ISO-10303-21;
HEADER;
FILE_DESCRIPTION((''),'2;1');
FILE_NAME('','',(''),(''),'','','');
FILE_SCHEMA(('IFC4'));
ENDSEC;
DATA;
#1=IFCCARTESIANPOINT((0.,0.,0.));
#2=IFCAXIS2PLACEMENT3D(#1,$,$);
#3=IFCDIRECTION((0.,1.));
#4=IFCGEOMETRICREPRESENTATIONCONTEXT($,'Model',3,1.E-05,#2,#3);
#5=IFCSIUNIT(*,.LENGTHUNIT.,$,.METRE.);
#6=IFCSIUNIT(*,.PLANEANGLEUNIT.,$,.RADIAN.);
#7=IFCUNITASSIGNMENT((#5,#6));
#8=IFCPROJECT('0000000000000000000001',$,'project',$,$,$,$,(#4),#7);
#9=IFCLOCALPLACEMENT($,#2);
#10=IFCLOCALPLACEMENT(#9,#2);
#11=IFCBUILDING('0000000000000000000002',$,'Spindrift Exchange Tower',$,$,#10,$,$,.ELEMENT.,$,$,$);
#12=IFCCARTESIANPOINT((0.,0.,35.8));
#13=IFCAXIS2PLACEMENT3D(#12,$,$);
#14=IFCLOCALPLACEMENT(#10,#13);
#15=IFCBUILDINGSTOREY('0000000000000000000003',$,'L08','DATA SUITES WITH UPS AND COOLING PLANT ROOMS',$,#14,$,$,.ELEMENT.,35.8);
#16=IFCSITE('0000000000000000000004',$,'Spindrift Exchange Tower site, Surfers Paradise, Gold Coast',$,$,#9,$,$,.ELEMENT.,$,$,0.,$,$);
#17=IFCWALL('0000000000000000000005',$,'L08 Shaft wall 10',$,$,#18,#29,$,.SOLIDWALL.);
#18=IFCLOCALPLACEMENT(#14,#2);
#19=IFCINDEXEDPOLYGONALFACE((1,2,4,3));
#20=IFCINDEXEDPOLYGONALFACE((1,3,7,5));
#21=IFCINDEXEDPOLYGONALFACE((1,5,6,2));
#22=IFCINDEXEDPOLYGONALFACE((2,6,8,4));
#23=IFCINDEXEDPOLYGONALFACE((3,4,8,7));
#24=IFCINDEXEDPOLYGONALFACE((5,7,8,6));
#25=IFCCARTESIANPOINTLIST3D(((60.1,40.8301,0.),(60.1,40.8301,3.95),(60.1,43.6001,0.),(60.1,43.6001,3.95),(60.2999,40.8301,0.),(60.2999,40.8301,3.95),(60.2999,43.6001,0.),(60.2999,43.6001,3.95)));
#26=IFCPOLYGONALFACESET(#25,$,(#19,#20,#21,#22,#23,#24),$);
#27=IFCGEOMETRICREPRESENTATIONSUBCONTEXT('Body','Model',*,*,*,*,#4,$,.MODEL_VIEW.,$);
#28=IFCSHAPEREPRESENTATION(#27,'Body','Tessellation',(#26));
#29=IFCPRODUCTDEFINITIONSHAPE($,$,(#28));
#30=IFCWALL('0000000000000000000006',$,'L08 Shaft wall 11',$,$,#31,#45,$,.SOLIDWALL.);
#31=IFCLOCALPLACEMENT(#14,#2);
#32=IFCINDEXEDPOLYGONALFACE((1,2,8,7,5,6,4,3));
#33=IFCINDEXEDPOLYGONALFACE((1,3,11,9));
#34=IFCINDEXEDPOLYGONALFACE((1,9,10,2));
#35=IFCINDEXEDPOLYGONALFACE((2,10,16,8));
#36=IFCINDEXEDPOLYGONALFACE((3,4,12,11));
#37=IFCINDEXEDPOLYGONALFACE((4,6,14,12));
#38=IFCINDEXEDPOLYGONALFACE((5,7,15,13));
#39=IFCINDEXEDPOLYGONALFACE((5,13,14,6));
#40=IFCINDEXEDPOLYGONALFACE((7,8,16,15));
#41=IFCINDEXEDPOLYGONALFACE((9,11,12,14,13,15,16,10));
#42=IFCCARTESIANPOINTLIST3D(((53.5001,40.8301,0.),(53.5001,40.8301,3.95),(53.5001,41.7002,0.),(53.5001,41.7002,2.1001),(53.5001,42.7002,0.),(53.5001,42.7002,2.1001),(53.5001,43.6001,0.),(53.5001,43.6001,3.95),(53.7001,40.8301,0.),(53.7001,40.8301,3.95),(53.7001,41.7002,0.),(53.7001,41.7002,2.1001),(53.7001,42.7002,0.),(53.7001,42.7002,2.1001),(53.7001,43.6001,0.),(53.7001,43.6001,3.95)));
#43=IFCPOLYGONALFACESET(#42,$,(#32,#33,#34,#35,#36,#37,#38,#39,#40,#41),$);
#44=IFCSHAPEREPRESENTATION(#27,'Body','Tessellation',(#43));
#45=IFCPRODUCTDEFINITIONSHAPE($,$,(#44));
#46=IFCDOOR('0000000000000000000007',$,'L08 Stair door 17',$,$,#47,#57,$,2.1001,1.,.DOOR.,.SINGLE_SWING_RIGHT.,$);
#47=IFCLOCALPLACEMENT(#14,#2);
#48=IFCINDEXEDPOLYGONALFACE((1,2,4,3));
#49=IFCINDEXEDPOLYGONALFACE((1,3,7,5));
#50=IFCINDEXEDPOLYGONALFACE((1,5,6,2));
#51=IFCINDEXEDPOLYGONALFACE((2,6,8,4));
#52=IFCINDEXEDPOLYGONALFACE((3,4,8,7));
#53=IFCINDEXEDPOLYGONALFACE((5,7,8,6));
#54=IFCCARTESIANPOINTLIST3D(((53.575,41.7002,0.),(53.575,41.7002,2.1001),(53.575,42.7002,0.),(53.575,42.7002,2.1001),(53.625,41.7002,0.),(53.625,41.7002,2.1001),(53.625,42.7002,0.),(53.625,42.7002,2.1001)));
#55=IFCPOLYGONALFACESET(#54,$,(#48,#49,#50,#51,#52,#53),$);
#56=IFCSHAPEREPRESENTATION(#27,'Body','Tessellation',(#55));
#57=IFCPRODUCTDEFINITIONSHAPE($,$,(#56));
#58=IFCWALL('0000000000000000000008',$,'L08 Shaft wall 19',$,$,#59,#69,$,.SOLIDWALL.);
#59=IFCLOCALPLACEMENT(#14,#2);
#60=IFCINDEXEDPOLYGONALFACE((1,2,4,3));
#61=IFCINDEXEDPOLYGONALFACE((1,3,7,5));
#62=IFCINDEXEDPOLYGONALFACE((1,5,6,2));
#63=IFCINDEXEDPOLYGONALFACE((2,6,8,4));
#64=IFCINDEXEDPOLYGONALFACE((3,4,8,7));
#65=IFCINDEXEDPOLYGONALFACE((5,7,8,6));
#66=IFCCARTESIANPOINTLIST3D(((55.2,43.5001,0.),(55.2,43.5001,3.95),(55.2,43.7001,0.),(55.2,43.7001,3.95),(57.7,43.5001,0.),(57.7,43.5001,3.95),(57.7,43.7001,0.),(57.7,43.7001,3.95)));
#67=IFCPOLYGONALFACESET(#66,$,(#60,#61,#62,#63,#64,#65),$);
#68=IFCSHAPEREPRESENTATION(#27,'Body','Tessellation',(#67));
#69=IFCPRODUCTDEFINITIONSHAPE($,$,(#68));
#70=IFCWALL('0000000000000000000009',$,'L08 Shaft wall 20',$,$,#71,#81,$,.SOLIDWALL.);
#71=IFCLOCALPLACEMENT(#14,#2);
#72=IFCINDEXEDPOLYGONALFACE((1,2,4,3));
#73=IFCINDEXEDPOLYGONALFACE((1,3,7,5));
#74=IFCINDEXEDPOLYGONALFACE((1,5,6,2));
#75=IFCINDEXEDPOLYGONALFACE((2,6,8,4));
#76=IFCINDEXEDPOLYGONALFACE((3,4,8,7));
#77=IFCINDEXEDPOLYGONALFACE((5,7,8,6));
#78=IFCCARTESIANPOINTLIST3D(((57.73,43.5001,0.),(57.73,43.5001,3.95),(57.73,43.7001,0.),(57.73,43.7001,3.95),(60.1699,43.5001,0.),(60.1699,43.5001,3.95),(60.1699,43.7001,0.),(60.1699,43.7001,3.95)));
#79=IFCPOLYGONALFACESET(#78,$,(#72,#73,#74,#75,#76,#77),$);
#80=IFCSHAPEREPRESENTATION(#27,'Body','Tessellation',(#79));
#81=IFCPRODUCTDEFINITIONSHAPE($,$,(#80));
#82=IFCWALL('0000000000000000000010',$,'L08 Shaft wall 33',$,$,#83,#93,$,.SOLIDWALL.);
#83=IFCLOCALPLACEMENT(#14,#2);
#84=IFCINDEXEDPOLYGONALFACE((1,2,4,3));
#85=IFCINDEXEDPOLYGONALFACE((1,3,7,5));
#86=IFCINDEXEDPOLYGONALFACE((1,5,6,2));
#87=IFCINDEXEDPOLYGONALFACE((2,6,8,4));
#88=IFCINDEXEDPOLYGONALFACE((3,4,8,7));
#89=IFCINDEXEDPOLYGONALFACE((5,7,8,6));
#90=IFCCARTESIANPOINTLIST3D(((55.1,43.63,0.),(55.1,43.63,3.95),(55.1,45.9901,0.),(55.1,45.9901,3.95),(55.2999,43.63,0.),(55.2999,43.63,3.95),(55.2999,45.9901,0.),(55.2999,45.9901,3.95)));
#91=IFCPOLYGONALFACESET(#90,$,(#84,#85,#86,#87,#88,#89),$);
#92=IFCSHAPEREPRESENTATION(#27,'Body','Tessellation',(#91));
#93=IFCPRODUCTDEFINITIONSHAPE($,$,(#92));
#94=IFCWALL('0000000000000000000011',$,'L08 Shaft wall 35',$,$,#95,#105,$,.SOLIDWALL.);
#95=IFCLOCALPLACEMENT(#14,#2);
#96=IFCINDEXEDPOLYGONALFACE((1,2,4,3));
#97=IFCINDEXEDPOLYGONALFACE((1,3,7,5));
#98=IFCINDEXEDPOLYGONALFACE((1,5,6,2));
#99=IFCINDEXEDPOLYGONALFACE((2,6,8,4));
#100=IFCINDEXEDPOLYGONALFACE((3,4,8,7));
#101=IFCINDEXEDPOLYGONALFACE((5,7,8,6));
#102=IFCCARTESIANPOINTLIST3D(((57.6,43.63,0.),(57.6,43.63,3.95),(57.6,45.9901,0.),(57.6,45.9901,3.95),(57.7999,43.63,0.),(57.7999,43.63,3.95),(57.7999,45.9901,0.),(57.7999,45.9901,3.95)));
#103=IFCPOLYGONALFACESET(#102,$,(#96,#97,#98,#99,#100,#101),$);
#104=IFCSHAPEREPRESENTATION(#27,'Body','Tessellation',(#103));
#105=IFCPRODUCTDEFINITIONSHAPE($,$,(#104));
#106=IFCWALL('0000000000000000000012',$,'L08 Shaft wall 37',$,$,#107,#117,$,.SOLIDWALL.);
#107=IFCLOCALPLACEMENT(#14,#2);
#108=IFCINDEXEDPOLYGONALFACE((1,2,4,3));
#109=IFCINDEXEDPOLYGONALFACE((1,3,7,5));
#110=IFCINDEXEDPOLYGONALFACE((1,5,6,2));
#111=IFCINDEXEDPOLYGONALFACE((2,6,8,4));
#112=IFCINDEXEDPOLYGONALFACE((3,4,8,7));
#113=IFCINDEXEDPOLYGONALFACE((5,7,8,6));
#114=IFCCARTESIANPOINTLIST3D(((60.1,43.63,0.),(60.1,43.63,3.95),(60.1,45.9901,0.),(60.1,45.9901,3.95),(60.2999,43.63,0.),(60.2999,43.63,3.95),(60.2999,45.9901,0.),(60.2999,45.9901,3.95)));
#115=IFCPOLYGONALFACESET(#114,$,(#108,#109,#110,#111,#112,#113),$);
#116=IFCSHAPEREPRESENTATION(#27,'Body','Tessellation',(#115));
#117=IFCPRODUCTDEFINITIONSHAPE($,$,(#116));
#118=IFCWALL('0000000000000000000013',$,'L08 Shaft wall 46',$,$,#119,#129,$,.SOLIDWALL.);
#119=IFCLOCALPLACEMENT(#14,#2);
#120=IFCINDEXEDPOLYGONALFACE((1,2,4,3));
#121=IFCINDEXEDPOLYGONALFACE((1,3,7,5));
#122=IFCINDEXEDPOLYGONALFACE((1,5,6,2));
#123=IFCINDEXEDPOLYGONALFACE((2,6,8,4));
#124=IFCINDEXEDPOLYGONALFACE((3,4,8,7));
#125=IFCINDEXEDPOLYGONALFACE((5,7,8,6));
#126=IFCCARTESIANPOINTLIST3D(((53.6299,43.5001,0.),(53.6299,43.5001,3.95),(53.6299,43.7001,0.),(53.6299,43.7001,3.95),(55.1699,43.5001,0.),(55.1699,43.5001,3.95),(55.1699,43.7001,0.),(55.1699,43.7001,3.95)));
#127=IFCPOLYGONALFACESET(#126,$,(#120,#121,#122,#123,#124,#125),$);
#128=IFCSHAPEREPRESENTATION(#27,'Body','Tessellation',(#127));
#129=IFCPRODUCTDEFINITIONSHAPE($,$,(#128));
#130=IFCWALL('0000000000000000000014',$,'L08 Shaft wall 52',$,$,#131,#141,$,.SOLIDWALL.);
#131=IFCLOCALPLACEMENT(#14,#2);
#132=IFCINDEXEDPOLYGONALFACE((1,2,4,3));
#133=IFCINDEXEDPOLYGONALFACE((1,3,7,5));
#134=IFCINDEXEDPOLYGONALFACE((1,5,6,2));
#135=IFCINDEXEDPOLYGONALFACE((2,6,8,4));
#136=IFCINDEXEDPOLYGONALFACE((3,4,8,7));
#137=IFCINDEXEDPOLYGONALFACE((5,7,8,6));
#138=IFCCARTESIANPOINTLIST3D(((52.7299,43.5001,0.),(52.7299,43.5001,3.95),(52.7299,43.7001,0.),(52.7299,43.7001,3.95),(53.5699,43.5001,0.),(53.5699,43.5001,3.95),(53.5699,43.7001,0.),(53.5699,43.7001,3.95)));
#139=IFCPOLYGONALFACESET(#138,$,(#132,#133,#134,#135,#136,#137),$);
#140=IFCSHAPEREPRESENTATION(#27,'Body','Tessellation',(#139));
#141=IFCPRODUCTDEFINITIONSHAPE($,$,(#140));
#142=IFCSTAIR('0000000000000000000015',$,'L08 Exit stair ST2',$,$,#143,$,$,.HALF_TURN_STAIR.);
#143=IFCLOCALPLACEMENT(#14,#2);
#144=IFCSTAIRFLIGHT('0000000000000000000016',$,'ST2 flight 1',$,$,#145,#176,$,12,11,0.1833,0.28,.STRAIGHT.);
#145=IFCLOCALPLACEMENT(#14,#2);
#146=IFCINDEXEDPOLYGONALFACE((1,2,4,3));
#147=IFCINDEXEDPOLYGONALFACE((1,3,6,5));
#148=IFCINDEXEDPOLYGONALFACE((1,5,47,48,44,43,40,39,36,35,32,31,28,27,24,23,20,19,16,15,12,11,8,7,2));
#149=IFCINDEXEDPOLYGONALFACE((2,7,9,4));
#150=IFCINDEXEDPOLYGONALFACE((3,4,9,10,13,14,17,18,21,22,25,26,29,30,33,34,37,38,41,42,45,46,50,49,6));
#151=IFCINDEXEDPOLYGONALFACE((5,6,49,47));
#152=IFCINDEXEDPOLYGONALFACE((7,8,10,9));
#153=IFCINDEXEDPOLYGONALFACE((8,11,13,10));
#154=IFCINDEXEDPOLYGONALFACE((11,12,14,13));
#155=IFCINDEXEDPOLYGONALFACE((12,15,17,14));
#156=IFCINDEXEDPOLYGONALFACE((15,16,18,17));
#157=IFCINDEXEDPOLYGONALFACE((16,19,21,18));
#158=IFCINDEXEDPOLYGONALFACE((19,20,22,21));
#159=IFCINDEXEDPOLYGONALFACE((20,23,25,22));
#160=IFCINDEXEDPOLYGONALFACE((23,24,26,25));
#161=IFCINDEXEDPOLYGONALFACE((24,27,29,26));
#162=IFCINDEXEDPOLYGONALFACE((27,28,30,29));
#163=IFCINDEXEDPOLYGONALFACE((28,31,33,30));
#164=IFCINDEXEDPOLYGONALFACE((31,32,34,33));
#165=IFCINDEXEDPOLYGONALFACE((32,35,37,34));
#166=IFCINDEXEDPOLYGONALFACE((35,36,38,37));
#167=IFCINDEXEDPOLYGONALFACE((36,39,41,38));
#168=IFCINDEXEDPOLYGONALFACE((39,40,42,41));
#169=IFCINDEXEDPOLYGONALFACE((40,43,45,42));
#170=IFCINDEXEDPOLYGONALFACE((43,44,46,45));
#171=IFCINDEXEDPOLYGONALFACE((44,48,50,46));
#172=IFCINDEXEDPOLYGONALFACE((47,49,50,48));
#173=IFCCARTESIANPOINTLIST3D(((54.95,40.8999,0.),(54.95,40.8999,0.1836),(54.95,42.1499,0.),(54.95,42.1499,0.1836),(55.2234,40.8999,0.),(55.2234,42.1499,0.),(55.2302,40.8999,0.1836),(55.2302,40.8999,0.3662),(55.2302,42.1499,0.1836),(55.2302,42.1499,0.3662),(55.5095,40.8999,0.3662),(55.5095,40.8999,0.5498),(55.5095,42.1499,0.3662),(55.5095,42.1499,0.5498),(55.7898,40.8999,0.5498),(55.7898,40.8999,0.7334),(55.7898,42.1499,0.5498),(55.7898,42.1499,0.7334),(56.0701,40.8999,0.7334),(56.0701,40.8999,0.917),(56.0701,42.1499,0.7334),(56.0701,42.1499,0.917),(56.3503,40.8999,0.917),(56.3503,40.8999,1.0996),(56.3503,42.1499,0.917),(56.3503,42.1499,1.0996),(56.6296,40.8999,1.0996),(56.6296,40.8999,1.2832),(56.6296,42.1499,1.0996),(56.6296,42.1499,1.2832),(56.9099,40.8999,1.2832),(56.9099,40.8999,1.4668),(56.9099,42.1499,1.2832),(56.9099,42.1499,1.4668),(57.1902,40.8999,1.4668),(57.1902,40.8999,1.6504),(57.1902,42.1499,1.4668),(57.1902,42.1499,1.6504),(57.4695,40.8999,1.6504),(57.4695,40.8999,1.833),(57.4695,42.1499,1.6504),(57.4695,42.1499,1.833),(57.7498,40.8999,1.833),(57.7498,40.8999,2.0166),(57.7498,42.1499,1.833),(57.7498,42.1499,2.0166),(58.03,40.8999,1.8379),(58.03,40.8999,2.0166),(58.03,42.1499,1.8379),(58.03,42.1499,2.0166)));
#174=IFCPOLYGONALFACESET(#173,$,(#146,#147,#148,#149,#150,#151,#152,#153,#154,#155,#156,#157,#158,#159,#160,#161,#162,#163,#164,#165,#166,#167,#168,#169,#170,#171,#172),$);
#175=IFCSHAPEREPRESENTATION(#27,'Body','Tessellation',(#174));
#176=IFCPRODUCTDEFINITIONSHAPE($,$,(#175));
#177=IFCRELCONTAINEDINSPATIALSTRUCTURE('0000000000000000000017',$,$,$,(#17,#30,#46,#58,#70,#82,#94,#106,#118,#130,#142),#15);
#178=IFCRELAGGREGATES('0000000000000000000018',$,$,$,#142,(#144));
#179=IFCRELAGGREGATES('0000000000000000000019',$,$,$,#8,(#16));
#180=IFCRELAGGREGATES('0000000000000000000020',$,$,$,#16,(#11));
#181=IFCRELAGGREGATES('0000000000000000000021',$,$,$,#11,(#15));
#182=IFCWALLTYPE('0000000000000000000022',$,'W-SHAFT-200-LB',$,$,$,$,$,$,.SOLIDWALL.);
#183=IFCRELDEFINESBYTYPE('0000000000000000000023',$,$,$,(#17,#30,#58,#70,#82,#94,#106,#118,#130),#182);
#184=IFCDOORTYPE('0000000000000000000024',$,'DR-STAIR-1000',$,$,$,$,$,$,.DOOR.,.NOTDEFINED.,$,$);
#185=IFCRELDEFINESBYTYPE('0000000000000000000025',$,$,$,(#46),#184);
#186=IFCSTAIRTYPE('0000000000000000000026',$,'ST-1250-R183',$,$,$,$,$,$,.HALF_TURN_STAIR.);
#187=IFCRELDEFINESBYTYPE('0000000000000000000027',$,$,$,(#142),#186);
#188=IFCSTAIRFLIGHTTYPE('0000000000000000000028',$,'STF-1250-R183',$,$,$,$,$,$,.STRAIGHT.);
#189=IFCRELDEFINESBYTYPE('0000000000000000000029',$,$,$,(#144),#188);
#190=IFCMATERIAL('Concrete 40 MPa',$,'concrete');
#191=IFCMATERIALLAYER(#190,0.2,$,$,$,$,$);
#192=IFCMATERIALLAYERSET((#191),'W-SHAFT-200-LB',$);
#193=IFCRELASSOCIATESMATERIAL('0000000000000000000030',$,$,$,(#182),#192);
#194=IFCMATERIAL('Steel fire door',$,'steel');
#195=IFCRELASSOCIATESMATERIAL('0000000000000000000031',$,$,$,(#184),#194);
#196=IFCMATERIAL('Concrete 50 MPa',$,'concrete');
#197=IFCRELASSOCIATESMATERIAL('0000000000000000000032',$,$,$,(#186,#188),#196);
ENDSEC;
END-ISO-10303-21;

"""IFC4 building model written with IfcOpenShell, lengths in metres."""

from ifc_helpers import new_model, si_unit, direction, frame, frame_2d, origin, place, context, subcontext, project, spatial, line, indexed_curve, rectangle, outline, extrude, source, transform, mapped, material, layer, layer_set, type_object, element, fill, aggregate, save


model = new_model("IFC4")

# Units and contexts
model_context = context("Model", 3, precision=1e-05, world=origin(), true_north=direction((0.0, 1.0)))
body_context = subcontext(model_context, "Body", "Model", "MODEL_VIEW")
ifc_project = project(units=[si_unit("LENGTHUNIT", "METRE"), si_unit("PLANEANGLEUNIT", "RADIAN")], contexts=[model_context])

# Site, building, storey
site_placement = place(None, origin())
site = spatial("IfcSite", under=ifc_project, at=site_placement, Name="Spindrift Exchange Tower site, Surfers Paradise, Gold Coast", CompositionType="ELEMENT", RefElevation=0.0)
building_placement = place(site_placement, origin())
building = spatial("IfcBuilding", under=site, at=building_placement, Name="Spindrift Exchange Tower", CompositionType="ELEMENT")
storey_placement = place(building_placement, frame((0.0, 0.0, 35.8)))
storey = spatial("IfcBuildingStorey", under=building, at=storey_placement, Name="L08", Description="DATA SUITES WITH UPS AND COOLING PLANT ROOMS", CompositionType="ELEMENT", Elevation=35.8)

# Shared definitions
ifc_material_1 = material(Name="Concrete 40 MPa", Category="concrete")

# Shared definitions
ifc_layer_1 = layer(ifc_material_1, 0.2)
ifc_layer_set_1 = layer_set([ifc_layer_1], Name="W-SHAFT-200-LB")
wall_type_1 = type_object("IfcWallType", Name="W-SHAFT-200-LB", PredefinedType="SOLIDWALL", material=ifc_layer_set_1)
ifc_material_2 = material(Name="Steel fire door", Category="steel")

# Wall
wall_1_placement = place(storey_placement, frame((60.2, 40.8301, 0.0), z_axis=(0.0, 0.0, 1.0), x_axis=(0.0, 1.0, 0.0)))
element("IfcWall", 1, at=wall_1_placement, inside=storey, type_object=wall_type_1, Name="L08 Shaft wall 10", PredefinedType="SOLIDWALL", context=body_context, shape_type="SweptSolid", body=[
    extrude(rectangle(XDim=2.77, YDim=0.2, at=frame_2d((1.385, 0.0))), origin(), (0.0, 0.0, 1.0), 3.95),
])

# Wall, opening, door
wall_2_placement = place(storey_placement, frame((53.6001, 43.6001, 0.0), z_axis=(0.0, 0.0, 1.0), x_axis=(0.0, -1.0, 0.0)))
wall_2 = element("IfcWall", 2, at=wall_2_placement, inside=storey, type_object=wall_type_1, Name="L08 Shaft wall 11", PredefinedType="SOLIDWALL", context=body_context, shape_type="SweptSolid", body=[
    extrude(rectangle(XDim=2.77, YDim=0.2, at=frame_2d((1.385, 0.0))), origin(), (0.0, 0.0, 1.0), 3.95),
])
opening_1_placement = place(wall_2_placement, frame((0.8999, 0.0, 0.0)))
opening_1 = element("IfcOpeningElement", 3, at=opening_1_placement, cuts=wall_2, PredefinedType="OPENING", context=body_context, shape_type="SweptSolid", body=[
    extrude(rectangle(XDim=1.0, YDim=2.1001, at=frame_2d((0.5, 1.05))), frame((0.0, 0.1099, 0.0), z_axis=(0.0, -1.0, 0.0), x_axis=(1.0, 0.0, 0.0)), (0.0, 0.0, 1.0), 0.22),
])
door_type_1 = type_object("IfcDoorType", Name="DR-STAIR-1000", OperationType="NOTDEFINED", PredefinedType="DOOR", material=ifc_material_2)
shared_shape_1 = source(origin(), body_context, "Body", "SweptSolid", [
    extrude(rectangle(XDim=1.0, YDim=2.1001, at=frame_2d((0.5, 1.05))), frame((0.0, 0.0249, 0.0), z_axis=(0.0, -1.0, 0.0), x_axis=(1.0, 0.0, 0.0)), (0.0, 0.0, 1.0), 0.05),
])
door_1_placement = place(opening_1_placement, origin())
door_1 = element("IfcDoor", 4, at=door_1_placement, inside=storey, type_object=door_type_1, Name="L08 Stair door 17", OperationType="SINGLE_SWING_RIGHT", OverallHeight=2.1001, OverallWidth=1.0, PredefinedType="DOOR", context=body_context, shape_type="MappedRepresentation", body=[
    mapped(shared_shape_1, transform((0.0, 0.0, 0.0), scale=1.0)),
])
fill(opening_1, door_1)

# Walls
wall_3_placement = place(storey_placement, frame((55.2, 43.6001, 0.0), z_axis=(0.0, 0.0, 1.0), x_axis=(1.0, 0.0, 0.0)))
element("IfcWall", 5, at=wall_3_placement, inside=storey, type_object=wall_type_1, Name="L08 Shaft wall 19", PredefinedType="SOLIDWALL", context=body_context, shape_type="SweptSolid", body=[
    extrude(rectangle(XDim=2.5, YDim=0.2, at=frame_2d((1.25, 0.0))), origin(), (0.0, 0.0, 1.0), 3.95),
])
wall_4_placement = place(storey_placement, frame((57.73, 43.6001, 0.0), z_axis=(0.0, 0.0, 1.0), x_axis=(1.0, 0.0, 0.0)))
element("IfcWall", 6, at=wall_4_placement, inside=storey, type_object=wall_type_1, Name="L08 Shaft wall 20", PredefinedType="SOLIDWALL", context=body_context, shape_type="SweptSolid", body=[
    extrude(rectangle(XDim=2.4399, YDim=0.2, at=frame_2d((1.22, 0.0))), origin(), (0.0, 0.0, 1.0), 3.95),
])
for number, where, z_axis, x_axis, name in (
    (7, (55.2, 43.6299, 0.0), (0.0, 0.0, 1.0), (0.0, 1.0, 0.0), "L08 Shaft wall 33"),
    (8, (57.7, 43.6299, 0.0), (0.0, 0.0, 1.0), (0.0, 1.0, 0.0), "L08 Shaft wall 35"),
    (9, (60.2, 43.6299, 0.0), (0.0, 0.0, 1.0), (0.0, 1.0, 0.0), "L08 Shaft wall 37"),
):
    element("IfcWall", number, at=place(storey_placement, frame(where, z_axis=z_axis, x_axis=x_axis)), inside=storey, type_object=wall_type_1, Name=name, PredefinedType="SOLIDWALL", context=body_context, shape_type="SweptSolid", body=[
        extrude(rectangle(XDim=2.3601, YDim=0.2, at=frame_2d((1.1802, 0.0))), origin(), (0.0, 0.0, 1.0), 3.95),
    ])
wall_5_placement = place(storey_placement, frame((53.6299, 43.6001, 0.0), z_axis=(0.0, 0.0, 1.0), x_axis=(1.0, 0.0, 0.0)))
element("IfcWall", 10, at=wall_5_placement, inside=storey, type_object=wall_type_1, Name="L08 Shaft wall 46", PredefinedType="SOLIDWALL", context=body_context, shape_type="SweptSolid", body=[
    extrude(rectangle(XDim=1.54, YDim=0.2, at=frame_2d((0.77, 0.0))), origin(), (0.0, 0.0, 1.0), 3.95),
])
wall_6_placement = place(storey_placement, frame((52.73, 43.6001, 0.0), z_axis=(0.0, 0.0, 1.0), x_axis=(1.0, 0.0, 0.0)))
element("IfcWall", 11, at=wall_6_placement, inside=storey, type_object=wall_type_1, Name="L08 Shaft wall 52", PredefinedType="SOLIDWALL", context=body_context, shape_type="SweptSolid", body=[
    extrude(rectangle(XDim=0.8401, YDim=0.2, at=frame_2d((0.4199, 0.0))), origin(), (0.0, 0.0, 1.0), 3.95),
])

# Stair, stair flight
ifc_material_3 = material(Name="Concrete 50 MPa", Category="concrete")
stair_type = type_object("IfcStairType", Name="ST-1250-R183", PredefinedType="HALF_TURN_STAIR", material=ifc_material_3)
stair_placement = place(storey_placement, origin())
stair = element("IfcStair", 12, at=stair_placement, inside=storey, type_object=stair_type, Name="L08 Exit stair ST2", PredefinedType="HALF_TURN_STAIR")
stair_flight_type = type_object("IfcStairFlightType", Name="STF-1250-R183", PredefinedType="STRAIGHT", material=ifc_material_3)
stair_flight_1_placement = place(storey_placement, frame((54.95, 41.5249, 0.0), z_axis=(0.0, 0.0, 1.0), x_axis=(1.0, 0.0, 0.0)))
stair_flight_1 = element("IfcStairFlight", 13, at=stair_flight_1_placement, type_object=stair_flight_type, Name="ST2 flight 1", NumberOfRisers=12, NumberOfTreads=11, PredefinedType="STRAIGHT", RiserHeight=0.1833, TreadLength=0.28, context=body_context, shape_type="SweptSolid", body=[
    extrude(outline(indexed_curve([(0.0, 0.0), (0.0, 0.1836), (0.2803, 0.1836), (0.2803, 0.3662), (0.5596, 0.3662), (0.5596, 0.5498), (0.8398, 0.5498), (0.8398, 0.7334), (1.1201, 0.7334), (1.1201, 0.917), (1.4004, 0.917), (1.4004, 1.0996), (1.6797, 1.0996), (1.6797, 1.2832), (1.96, 1.2832), (1.96, 1.4668), (2.2402, 1.4668), (2.2402, 1.6504), (2.5195, 1.6504), (2.5195, 1.833), (2.7998, 1.833), (2.7998, 2.0166), (3.0801, 2.0166), (3.0801, 2.2002), (3.0801, 1.8379), (0.2734, 0.0)], segments=[line(1, 2, 3, 4, 5, 6, 7, 8, 9, 10, 11, 12, 13, 14, 15, 16, 17, 18, 19, 20, 21, 22, 23, 24, 25, 26, 1)], self_intersect=False)), frame((0.0, 0.625, 0.0), z_axis=(0.0, -1.0, 0.0), x_axis=(1.0, 0.0, 0.0)), (0.0, 0.0, 1.0), 1.25),
])
aggregate(stair, [stair_flight_1])

save(model, "model.ifc")
